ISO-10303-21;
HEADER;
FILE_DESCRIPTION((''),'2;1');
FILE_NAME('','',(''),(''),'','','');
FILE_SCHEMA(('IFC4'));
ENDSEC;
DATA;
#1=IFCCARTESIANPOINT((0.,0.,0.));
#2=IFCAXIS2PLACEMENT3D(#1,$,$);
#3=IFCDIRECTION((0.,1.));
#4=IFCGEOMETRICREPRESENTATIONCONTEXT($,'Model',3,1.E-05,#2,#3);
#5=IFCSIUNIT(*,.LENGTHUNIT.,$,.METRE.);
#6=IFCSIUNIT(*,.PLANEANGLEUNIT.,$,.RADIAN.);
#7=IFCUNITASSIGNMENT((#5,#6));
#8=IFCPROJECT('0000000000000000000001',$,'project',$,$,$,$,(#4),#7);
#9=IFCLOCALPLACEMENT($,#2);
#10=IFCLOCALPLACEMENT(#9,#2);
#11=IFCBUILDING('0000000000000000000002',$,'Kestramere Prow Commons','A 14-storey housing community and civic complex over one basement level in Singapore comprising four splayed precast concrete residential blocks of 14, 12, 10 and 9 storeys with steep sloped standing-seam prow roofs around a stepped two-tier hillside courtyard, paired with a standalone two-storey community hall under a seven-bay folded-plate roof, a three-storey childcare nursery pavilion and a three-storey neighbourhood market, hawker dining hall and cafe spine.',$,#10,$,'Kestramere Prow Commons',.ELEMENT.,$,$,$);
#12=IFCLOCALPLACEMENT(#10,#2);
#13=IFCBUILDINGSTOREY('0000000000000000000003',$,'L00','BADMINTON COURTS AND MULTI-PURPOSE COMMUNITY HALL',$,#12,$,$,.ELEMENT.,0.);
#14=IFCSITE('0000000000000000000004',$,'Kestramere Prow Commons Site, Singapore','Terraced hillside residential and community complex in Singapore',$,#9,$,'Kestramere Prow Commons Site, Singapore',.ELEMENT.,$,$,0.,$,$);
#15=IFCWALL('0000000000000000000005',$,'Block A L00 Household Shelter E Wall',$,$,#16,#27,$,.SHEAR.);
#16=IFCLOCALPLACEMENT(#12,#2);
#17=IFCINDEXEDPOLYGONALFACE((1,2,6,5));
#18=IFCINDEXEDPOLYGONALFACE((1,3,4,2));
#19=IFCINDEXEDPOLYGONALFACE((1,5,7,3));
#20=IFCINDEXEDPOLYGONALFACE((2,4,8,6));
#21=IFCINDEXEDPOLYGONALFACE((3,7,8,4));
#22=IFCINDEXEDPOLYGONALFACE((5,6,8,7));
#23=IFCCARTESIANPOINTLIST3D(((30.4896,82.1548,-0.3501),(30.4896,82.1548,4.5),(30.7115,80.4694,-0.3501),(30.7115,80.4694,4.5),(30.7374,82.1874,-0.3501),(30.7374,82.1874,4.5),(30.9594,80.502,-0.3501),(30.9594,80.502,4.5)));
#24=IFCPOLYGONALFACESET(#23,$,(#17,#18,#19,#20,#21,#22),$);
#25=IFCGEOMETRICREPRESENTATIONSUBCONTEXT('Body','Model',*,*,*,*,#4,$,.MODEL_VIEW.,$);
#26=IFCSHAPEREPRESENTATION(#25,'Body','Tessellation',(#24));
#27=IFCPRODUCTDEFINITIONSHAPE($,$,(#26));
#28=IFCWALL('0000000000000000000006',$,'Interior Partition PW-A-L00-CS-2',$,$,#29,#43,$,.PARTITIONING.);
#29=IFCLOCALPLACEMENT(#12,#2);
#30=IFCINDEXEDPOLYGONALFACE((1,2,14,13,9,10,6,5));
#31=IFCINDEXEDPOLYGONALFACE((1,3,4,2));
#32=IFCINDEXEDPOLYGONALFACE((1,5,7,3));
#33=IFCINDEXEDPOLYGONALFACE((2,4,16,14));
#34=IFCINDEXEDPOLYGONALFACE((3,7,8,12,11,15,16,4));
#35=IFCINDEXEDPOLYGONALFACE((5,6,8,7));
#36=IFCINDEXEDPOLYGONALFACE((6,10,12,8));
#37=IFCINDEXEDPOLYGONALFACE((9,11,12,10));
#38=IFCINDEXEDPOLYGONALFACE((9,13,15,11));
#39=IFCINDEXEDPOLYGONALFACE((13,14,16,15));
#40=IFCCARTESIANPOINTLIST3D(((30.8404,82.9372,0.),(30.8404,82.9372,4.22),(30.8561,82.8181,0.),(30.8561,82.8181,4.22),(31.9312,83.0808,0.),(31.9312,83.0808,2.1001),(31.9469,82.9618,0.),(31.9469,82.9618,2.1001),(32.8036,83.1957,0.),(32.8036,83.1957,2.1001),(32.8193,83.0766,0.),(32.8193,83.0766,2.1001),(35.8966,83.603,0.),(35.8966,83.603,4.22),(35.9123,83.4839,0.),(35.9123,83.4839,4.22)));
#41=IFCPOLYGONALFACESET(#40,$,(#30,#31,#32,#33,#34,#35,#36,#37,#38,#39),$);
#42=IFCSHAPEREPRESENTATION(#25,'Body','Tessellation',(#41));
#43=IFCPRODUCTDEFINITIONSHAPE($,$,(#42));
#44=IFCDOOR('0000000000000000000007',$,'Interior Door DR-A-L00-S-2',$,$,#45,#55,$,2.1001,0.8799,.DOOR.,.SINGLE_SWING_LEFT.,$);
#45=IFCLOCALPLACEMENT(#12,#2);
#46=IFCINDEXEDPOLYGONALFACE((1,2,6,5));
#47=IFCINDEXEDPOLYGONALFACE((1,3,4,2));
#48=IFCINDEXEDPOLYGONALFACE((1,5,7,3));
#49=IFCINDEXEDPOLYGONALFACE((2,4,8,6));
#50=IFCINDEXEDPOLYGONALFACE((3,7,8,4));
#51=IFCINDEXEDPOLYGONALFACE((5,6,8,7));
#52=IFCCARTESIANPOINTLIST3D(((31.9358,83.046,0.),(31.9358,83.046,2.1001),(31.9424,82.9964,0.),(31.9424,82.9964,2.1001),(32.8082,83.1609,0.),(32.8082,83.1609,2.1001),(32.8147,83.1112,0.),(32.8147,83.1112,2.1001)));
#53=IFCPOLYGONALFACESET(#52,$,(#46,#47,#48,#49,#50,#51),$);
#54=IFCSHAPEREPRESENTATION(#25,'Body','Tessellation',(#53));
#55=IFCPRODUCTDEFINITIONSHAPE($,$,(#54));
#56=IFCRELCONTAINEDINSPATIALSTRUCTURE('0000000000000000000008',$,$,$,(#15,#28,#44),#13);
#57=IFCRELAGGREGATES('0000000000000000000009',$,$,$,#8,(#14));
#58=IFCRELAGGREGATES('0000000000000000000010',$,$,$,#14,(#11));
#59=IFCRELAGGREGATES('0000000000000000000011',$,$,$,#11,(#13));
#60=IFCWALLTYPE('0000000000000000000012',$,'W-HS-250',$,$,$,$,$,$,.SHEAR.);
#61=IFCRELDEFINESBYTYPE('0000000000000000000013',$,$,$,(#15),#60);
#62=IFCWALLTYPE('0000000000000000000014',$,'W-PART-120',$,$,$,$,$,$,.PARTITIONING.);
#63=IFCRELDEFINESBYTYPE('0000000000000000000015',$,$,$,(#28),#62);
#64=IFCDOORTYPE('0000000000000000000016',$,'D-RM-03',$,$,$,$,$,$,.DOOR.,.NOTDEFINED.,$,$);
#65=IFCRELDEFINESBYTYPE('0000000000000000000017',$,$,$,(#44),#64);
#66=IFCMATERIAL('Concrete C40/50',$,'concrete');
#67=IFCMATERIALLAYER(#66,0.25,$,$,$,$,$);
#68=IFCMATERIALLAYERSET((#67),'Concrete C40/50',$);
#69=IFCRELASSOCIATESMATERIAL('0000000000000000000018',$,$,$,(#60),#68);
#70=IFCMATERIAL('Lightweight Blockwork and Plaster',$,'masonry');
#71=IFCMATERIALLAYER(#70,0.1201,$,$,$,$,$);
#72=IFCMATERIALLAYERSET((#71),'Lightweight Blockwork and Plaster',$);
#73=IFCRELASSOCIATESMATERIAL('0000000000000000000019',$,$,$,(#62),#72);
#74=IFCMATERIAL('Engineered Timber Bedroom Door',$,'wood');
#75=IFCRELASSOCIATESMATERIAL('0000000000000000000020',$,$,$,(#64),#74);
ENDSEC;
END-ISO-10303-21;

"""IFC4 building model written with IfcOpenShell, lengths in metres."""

from ifc_helpers import new_model, si_unit, direction, frame, frame_2d, origin, place, context, subcontext, project, spatial, rectangle, extrude, material, layer, layer_set, type_object, element, fill, save


model = new_model("IFC4")

# Units and contexts
model_context = context("Model", 3, precision=1e-05, world=origin(), true_north=direction((0.0, 1.0)))
body_context = subcontext(model_context, "Body", "Model", "MODEL_VIEW")
ifc_project = project(units=[si_unit("LENGTHUNIT", "METRE"), si_unit("PLANEANGLEUNIT", "RADIAN")], contexts=[model_context])

# Site, building, storey
site_placement = place(None, origin())
site = spatial("IfcSite", under=ifc_project, at=site_placement, Name="Kestramere Prow Commons Site, Singapore", Description="Terraced hillside residential and community complex in Singapore", LongName="Kestramere Prow Commons Site, Singapore", CompositionType="ELEMENT", RefElevation=0.0)
building_placement = place(site_placement, origin())
building = spatial("IfcBuilding", under=site, at=building_placement, Name="Kestramere Prow Commons", Description="A 14-storey housing community and civic complex over one basement level in Singapore comprising four splayed precast concrete residential blocks of 14, 12, 10 and 9 storeys with steep sloped standing-seam prow roofs around a stepped two-tier hillside courtyard, paired with a standalone two-storey community hall under a seven-bay folded-plate roof, a three-storey childcare nursery pavilion and a three-storey neighbourhood market, hawker dining hall and cafe spine.", LongName="Kestramere Prow Commons", CompositionType="ELEMENT")
storey_placement = place(building_placement, origin())
storey = spatial("IfcBuildingStorey", under=building, at=storey_placement, Name="L00", Description="BADMINTON COURTS AND MULTI-PURPOSE COMMUNITY HALL", CompositionType="ELEMENT", Elevation=0.0)

# Shared definitions
ifc_material_1 = material(Name="Concrete C40/50", Category="concrete")

# Shared definitions
ifc_layer_1 = layer(ifc_material_1, 0.25)
ifc_layer_set_1 = layer_set([ifc_layer_1], Name="Concrete C40/50")
wall_type_1 = type_object("IfcWallType", Name="W-HS-250", PredefinedType="SHEAR", material=ifc_layer_set_1)

# Wall
wall_1_placement = place(storey_placement, frame((30.8354, 80.4856, -0.3501), z_axis=(0.0, 0.0, 1.0), x_axis=(-0.130555, 0.991441, 0.0)))
element("IfcWall", 1, at=wall_1_placement, inside=storey, type_object=wall_type_1, Name="Block A L00 Household Shelter E Wall", PredefinedType="SHEAR", context=body_context, shape_type="SweptSolid", body=[
    extrude(rectangle(XDim=1.7, YDim=0.25, at=frame_2d((0.8501, 0.0))), origin(), (0.0, 0.0, 1.0), 4.8501),
])

# Wall, opening, door
ifc_material_2 = material(Name="Lightweight Blockwork and Plaster", Category="masonry")
ifc_layer_2 = layer(ifc_material_2, 0.1201)
ifc_layer_set_2 = layer_set([ifc_layer_2], Name="Lightweight Blockwork and Plaster")
wall_type_2 = type_object("IfcWallType", Name="W-PART-120", PredefinedType="PARTITIONING", material=ifc_layer_set_2)
wall_2_placement = place(storey_placement, frame((30.8484, 82.8777, 0.0), z_axis=(0.0, 0.0, 1.0), x_axis=(0.991442, 0.130549, 0.0)))
wall_2 = element("IfcWall", 2, at=wall_2_placement, inside=storey, type_object=wall_type_2, Name="Interior Partition PW-A-L00-CS-2", PredefinedType="PARTITIONING", context=body_context, shape_type="SweptSolid", body=[
    extrude(rectangle(XDim=5.0999, YDim=0.1201, at=frame_2d((2.5498, 0.0))), origin(), (0.0, 0.0, 1.0), 4.22),
])
opening_1_placement = place(wall_2_placement, frame((1.1001, 0.0, 0.0)))
opening_1 = element("IfcOpeningElement", 3, at=opening_1_placement, cuts=wall_2, PredefinedType="OPENING", context=body_context, shape_type="SweptSolid", body=[
    extrude(rectangle(XDim=0.8799, YDim=2.1001, at=frame_2d((0.4399, 1.05))), frame((0.0, 0.075, 0.0), z_axis=(0.0, -1.0, 0.0), x_axis=(1.0, 0.0, 0.0)), (0.0, 0.0, 1.0), 0.1501),
])
ifc_material_3 = material(Name="Engineered Timber Bedroom Door", Category="wood")
door_type_1 = type_object("IfcDoorType", Name="D-RM-03", OperationType="NOTDEFINED", PredefinedType="DOOR", material=ifc_material_3)
door_1_placement = place(opening_1_placement, origin())
door_1 = element("IfcDoor", 4, at=door_1_placement, inside=storey, type_object=door_type_1, Name="Interior Door DR-A-L00-S-2", OperationType="SINGLE_SWING_LEFT", OverallHeight=2.1001, OverallWidth=0.8799, PredefinedType="DOOR", context=body_context, shape_type="SweptSolid", body=[
    extrude(rectangle(XDim=0.8799, YDim=2.1001, at=frame_2d((0.4399, 1.05))), frame((0.0, 0.0249, 0.0), z_axis=(0.0, -1.0, 0.0), x_axis=(1.0, 0.0, 0.0)), (0.0, 0.0, 1.0), 0.05),
])
fill(opening_1, door_1)

save(model, "model.ifc")
